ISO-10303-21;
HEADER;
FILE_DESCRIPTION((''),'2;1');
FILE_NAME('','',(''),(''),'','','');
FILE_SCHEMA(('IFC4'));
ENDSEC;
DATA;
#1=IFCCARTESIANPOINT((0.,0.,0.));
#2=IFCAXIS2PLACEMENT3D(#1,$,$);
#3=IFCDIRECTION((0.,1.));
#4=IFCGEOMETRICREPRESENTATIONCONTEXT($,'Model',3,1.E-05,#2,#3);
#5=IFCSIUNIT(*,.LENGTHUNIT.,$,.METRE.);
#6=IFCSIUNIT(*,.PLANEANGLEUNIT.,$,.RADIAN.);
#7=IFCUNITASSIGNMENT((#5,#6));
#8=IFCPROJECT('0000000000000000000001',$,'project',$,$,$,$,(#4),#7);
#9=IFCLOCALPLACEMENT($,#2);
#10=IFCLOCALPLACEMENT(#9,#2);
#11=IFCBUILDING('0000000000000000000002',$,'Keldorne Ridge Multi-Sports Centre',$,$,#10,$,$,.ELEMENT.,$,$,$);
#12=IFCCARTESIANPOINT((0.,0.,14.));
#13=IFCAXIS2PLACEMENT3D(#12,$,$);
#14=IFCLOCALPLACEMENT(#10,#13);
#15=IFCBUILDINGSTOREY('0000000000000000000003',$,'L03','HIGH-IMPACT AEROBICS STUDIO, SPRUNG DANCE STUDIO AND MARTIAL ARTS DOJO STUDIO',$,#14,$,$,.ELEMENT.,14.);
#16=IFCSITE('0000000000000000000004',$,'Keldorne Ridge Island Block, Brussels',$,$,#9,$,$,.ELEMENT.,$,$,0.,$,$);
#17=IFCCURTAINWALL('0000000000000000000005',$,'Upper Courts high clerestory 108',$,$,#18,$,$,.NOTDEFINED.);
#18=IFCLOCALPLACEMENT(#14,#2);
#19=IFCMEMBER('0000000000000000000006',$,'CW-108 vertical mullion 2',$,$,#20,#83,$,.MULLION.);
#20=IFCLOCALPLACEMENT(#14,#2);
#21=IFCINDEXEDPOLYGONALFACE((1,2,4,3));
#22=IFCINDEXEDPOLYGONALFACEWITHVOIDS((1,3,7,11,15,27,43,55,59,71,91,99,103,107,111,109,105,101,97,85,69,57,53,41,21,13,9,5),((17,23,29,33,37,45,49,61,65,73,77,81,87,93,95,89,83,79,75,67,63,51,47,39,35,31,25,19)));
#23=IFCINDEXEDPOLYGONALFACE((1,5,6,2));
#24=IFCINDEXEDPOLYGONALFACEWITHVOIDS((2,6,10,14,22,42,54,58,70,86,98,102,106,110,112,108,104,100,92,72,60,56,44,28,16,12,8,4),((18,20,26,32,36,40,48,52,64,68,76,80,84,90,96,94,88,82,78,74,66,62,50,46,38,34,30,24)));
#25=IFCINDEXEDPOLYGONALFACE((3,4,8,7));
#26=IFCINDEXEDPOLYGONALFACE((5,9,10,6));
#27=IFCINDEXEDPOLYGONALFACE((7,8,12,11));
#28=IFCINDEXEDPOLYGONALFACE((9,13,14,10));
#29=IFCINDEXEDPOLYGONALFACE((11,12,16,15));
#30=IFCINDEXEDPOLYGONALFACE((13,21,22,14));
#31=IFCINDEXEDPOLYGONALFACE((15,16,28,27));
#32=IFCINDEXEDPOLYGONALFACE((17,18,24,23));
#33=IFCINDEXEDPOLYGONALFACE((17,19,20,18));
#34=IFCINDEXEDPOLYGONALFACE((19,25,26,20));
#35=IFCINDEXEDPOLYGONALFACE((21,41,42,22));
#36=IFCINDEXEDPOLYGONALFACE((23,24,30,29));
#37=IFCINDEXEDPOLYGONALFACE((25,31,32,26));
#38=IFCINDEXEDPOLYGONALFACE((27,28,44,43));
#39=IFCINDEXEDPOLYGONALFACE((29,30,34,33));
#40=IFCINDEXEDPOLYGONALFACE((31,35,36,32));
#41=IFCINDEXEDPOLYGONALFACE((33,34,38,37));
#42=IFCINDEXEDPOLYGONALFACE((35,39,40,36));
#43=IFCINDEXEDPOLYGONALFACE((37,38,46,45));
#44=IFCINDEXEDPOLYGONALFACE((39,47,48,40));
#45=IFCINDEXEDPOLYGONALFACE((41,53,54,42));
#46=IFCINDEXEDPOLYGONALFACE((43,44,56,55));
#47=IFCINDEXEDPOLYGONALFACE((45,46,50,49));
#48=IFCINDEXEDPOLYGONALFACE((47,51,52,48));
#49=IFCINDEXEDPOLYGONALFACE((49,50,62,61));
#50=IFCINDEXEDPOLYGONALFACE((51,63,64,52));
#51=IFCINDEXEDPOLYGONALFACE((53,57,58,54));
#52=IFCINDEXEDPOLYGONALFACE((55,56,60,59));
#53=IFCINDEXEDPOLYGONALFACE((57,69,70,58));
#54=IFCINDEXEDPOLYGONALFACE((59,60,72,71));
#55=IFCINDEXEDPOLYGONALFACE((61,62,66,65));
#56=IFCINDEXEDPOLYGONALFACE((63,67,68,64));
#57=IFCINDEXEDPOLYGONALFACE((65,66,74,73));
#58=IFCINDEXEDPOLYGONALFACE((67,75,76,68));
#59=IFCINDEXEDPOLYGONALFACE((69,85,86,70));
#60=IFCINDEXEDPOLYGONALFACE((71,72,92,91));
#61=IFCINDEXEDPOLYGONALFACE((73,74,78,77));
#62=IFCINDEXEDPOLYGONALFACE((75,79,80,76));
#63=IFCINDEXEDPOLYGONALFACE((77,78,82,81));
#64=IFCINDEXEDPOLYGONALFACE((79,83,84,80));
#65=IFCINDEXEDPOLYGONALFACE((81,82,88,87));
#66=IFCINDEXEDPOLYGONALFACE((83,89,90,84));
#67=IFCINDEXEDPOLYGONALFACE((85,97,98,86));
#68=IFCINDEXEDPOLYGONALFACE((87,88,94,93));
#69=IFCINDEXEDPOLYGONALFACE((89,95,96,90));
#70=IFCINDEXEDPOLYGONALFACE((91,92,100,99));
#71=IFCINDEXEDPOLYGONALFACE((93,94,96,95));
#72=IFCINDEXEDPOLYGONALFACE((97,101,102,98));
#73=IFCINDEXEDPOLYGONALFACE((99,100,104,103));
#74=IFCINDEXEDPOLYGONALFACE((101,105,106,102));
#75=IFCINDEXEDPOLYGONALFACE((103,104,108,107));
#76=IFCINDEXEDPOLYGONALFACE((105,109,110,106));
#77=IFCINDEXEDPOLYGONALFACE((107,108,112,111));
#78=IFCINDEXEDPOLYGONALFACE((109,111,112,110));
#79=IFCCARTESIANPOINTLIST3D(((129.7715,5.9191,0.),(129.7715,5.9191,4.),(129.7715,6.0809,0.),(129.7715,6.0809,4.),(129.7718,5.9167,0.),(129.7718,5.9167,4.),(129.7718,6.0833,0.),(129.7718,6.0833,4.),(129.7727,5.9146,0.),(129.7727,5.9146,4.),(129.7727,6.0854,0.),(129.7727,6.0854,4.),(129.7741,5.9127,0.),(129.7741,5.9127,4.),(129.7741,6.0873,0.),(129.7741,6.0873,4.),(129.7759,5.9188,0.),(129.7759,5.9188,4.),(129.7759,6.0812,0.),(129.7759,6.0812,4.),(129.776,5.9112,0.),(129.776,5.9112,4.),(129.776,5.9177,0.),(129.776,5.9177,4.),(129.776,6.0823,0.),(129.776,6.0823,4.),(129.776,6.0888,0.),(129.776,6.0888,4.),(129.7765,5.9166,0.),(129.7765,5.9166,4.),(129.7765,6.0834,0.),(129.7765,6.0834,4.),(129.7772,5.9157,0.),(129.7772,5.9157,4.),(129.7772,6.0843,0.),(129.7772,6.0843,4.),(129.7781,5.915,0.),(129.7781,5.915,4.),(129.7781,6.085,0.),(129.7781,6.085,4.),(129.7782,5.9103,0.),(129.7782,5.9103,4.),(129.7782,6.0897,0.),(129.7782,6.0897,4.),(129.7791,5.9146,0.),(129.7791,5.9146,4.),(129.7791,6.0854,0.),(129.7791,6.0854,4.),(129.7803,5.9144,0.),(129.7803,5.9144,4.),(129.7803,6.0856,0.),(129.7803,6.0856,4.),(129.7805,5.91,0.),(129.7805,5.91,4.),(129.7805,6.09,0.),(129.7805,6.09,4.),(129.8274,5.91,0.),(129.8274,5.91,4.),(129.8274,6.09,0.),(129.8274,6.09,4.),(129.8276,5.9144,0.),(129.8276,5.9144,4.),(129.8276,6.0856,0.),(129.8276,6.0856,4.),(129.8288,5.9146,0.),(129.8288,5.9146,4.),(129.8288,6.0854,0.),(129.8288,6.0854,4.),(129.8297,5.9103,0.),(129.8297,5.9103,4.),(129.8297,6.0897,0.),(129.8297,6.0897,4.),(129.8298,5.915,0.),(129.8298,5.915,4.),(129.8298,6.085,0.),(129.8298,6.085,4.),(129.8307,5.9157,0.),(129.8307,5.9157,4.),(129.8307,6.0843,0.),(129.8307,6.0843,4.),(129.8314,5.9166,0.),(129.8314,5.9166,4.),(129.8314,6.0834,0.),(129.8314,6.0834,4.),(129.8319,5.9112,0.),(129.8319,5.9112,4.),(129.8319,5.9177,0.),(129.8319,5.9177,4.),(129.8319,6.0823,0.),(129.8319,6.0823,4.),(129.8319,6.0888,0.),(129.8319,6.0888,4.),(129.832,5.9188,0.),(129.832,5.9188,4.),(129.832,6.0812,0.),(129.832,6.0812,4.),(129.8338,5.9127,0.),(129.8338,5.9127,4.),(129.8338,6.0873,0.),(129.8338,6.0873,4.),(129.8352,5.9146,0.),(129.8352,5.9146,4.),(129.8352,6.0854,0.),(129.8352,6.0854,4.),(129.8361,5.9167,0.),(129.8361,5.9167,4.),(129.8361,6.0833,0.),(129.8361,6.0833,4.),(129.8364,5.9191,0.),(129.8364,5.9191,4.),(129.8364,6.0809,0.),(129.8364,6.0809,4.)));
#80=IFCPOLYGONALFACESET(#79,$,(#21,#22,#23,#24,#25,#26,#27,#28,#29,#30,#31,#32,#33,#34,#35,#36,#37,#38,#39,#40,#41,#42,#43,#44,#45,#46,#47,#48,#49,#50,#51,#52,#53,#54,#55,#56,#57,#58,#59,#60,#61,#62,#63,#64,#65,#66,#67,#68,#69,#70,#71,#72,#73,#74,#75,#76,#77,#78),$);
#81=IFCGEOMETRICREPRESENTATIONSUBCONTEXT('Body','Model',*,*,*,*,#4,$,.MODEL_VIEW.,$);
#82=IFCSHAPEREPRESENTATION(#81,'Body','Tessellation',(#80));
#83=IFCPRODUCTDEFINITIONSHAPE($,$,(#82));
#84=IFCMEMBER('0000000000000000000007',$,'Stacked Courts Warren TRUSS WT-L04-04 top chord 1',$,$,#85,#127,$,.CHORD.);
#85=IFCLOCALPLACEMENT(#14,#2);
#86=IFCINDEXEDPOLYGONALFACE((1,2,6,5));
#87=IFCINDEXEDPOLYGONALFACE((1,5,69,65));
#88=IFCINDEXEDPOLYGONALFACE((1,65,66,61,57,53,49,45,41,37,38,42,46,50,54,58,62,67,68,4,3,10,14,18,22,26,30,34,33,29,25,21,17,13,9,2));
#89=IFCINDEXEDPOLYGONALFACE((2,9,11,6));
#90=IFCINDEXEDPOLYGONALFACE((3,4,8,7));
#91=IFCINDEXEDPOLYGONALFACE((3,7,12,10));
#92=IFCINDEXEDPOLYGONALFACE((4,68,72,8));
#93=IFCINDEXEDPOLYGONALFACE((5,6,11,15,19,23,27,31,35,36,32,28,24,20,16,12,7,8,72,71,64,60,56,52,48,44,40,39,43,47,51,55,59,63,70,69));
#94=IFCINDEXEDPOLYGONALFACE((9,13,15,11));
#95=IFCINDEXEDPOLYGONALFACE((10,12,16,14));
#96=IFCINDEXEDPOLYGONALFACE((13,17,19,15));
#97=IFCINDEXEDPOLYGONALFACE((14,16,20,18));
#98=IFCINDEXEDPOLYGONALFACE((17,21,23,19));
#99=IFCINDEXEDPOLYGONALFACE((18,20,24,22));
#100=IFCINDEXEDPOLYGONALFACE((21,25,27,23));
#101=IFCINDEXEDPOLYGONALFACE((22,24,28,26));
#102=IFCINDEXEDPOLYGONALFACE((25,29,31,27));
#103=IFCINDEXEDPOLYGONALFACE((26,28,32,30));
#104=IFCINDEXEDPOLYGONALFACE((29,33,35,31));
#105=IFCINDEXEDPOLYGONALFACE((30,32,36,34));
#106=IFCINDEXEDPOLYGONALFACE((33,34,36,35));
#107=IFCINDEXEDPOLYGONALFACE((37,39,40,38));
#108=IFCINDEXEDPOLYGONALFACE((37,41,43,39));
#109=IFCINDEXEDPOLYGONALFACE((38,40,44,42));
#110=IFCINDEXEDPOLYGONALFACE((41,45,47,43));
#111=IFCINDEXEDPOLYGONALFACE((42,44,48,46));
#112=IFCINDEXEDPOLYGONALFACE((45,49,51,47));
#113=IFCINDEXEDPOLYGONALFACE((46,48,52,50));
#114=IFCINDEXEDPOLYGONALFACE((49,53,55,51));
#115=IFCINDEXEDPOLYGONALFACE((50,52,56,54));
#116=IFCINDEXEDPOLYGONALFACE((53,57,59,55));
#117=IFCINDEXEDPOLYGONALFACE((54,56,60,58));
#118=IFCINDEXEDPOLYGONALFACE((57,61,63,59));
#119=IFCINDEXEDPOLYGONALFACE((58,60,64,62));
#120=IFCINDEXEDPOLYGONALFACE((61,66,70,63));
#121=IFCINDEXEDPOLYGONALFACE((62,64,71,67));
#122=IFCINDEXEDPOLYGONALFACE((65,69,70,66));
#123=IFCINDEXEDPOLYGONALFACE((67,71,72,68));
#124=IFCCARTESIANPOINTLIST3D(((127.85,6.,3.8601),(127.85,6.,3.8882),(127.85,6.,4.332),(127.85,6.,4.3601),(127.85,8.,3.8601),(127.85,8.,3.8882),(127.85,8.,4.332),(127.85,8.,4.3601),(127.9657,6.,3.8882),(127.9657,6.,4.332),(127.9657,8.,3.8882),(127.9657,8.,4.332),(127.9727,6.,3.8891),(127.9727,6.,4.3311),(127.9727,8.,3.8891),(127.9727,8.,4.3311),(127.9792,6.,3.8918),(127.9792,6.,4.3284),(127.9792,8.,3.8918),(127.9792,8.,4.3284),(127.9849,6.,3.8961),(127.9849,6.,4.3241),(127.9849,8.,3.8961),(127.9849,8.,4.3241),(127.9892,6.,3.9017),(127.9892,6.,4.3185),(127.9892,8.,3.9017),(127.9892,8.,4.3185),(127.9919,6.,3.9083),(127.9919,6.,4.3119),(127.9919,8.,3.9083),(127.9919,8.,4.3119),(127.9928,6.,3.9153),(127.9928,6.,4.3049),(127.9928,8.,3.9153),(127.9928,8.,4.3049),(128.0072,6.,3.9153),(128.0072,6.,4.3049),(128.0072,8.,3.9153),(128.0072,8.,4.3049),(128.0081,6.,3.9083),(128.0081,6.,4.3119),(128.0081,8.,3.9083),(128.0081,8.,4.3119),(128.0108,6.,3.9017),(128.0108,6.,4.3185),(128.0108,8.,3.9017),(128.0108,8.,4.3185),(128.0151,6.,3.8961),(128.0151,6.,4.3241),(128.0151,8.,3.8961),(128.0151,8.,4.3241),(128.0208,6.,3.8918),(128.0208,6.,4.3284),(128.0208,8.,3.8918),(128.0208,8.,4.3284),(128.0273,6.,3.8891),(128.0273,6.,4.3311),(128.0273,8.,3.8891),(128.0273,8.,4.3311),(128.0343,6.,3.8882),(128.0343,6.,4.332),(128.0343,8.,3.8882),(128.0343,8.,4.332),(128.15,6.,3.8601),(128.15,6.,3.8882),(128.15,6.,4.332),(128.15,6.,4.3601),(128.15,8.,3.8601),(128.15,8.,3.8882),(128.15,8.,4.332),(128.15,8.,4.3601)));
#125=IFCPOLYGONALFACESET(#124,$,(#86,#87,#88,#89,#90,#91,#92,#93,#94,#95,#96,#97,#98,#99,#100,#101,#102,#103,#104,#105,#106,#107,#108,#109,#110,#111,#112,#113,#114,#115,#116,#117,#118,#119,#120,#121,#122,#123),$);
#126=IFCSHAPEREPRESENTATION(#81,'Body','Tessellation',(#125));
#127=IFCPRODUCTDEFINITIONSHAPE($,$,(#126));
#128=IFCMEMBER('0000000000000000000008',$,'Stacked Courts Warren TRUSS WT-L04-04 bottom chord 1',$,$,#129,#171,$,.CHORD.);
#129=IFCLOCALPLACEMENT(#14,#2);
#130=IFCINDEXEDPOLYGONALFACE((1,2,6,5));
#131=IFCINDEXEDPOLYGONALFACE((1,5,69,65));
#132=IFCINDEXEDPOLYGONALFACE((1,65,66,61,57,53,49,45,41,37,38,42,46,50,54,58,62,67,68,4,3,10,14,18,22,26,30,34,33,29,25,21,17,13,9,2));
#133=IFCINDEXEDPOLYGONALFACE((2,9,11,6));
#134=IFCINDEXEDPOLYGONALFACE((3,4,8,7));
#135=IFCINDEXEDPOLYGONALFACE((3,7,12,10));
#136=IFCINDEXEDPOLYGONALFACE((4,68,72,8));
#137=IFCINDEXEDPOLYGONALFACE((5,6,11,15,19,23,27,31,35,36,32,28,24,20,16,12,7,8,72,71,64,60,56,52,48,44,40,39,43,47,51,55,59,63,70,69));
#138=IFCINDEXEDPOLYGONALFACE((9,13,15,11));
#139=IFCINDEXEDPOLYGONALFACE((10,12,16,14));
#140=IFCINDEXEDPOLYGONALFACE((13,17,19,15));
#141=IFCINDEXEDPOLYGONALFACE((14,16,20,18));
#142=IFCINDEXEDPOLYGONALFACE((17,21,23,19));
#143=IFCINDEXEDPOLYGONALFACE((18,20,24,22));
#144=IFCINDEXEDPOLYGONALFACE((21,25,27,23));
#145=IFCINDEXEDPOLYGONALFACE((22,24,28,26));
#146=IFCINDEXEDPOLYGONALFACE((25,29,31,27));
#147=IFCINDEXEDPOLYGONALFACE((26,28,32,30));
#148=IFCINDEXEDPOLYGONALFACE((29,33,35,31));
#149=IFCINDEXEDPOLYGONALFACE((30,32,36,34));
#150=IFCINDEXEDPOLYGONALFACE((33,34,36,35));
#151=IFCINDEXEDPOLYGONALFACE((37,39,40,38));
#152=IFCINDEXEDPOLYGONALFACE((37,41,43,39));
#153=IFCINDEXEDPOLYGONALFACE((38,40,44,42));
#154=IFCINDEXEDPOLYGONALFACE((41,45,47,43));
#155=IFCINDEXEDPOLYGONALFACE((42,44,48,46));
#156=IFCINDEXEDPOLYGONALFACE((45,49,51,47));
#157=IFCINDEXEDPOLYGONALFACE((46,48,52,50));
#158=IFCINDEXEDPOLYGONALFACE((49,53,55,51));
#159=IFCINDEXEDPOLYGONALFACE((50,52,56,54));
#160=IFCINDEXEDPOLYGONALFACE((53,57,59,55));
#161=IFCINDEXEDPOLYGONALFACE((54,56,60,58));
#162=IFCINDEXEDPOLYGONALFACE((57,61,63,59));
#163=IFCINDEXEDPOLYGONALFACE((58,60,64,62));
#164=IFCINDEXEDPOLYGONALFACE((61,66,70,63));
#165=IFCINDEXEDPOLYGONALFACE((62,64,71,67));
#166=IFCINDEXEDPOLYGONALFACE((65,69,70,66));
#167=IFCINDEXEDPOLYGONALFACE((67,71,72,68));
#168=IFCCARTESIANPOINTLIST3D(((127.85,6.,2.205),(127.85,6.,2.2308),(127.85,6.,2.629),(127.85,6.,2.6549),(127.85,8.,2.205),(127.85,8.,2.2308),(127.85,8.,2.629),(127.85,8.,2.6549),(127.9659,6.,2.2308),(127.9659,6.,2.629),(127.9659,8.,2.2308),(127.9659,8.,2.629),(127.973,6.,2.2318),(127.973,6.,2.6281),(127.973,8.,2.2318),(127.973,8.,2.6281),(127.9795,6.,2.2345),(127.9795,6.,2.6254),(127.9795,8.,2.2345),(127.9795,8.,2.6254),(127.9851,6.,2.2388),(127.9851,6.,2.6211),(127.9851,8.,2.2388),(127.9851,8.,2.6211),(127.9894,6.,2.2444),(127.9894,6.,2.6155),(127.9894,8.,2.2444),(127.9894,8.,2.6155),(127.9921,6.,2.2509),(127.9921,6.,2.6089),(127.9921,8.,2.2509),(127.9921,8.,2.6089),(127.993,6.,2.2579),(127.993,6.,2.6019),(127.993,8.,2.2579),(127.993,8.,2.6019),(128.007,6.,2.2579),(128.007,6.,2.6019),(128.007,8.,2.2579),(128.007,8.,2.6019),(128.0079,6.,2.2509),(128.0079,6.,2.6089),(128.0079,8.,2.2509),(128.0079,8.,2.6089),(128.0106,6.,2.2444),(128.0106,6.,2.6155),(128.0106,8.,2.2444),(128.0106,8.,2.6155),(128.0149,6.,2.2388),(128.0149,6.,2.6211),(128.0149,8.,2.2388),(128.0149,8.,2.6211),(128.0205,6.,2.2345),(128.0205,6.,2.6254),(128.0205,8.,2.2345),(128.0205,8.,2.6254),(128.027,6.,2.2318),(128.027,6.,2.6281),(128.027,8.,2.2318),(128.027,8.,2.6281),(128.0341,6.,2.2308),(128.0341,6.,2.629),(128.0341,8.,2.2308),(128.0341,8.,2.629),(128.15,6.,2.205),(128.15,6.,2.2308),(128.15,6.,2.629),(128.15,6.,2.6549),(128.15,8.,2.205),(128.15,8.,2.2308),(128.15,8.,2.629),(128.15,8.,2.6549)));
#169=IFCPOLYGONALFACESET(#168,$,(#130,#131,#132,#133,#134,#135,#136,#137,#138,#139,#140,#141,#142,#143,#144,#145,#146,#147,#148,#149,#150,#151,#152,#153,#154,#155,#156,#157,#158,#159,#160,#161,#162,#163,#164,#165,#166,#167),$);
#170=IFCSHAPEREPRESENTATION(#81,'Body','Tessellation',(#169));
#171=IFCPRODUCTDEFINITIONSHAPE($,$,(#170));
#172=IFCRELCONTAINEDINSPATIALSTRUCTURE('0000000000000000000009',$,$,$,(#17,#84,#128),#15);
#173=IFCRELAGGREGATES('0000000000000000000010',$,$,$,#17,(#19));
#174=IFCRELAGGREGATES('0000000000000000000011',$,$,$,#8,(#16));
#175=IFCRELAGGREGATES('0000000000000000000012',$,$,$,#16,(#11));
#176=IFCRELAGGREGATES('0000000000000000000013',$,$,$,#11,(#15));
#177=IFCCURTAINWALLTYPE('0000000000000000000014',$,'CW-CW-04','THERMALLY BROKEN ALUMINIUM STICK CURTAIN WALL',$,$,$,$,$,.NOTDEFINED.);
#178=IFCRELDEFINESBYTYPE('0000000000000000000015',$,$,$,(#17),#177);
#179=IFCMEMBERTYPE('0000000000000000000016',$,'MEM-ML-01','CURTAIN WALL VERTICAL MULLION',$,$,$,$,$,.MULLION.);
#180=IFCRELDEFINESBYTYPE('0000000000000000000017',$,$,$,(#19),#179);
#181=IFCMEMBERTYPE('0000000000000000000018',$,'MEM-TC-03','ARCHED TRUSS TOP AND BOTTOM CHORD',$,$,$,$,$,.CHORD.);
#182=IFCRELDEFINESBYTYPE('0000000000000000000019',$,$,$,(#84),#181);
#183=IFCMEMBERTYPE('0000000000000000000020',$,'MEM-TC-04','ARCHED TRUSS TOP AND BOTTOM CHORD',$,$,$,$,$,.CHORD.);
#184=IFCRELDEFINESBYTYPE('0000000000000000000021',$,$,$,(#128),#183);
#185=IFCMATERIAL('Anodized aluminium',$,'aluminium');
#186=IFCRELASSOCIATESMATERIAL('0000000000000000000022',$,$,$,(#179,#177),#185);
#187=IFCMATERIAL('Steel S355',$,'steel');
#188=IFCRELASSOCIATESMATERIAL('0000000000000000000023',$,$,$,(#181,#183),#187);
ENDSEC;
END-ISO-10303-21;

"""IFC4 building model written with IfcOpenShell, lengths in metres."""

from ifc_helpers import new_model, si_unit, direction, frame, origin, origin_2d, place, context, subcontext, project, spatial, hollow_rectangle, i_section, extrude, material, material_profile, profile_set, type_object, element, aggregate, save


model = new_model("IFC4")

# Units and contexts
model_context = context("Model", 3, precision=1e-05, world=origin(), true_north=direction((0.0, 1.0)))
body_context = subcontext(model_context, "Body", "Model", "MODEL_VIEW")
ifc_project = project(units=[si_unit("LENGTHUNIT", "METRE"), si_unit("PLANEANGLEUNIT", "RADIAN")], contexts=[model_context])

# Site, building, storey
site_placement = place(None, origin())
site = spatial("IfcSite", under=ifc_project, at=site_placement, Name="Keldorne Ridge Island Block, Brussels", CompositionType="ELEMENT", RefElevation=0.0)
building_placement = place(site_placement, origin())
building = spatial("IfcBuilding", under=site, at=building_placement, Name="Keldorne Ridge Multi-Sports Centre", CompositionType="ELEMENT")
storey_placement = place(building_placement, frame((0.0, 0.0, 14.0)))
storey = spatial("IfcBuildingStorey", under=building, at=storey_placement, Name="L03", Description="HIGH-IMPACT AEROBICS STUDIO, SPRUNG DANCE STUDIO AND MARTIAL ARTS DOJO STUDIO", CompositionType="ELEMENT", Elevation=14.0)

# Shared definitions
ifc_material_1 = material(Name="Steel S355", Category="steel")

# Curtain wall, member
ifc_material_2 = material(Name="Anodized aluminium", Category="aluminium")
ifc_material_profile_1 = material_profile(ifc_material_2, hollow_rectangle(XDim=0.0649, YDim=0.1799, WallThickness=0.0044, InnerFilletRadius=0.0044, OuterFilletRadius=0.009, at=origin_2d()), Name="ALU MULLION 180x65x4.5")
ifc_profile_set_1 = profile_set([ifc_material_profile_1], Name="Anodized aluminium")
member_type_1 = type_object("IfcMemberType", Name="MEM-ML-01", Description="CURTAIN WALL VERTICAL MULLION", PredefinedType="MULLION", material=ifc_profile_set_1)
curtain_wall_type_1 = type_object("IfcCurtainWallType", Name="CW-CW-04", Description="THERMALLY BROKEN ALUMINIUM STICK CURTAIN WALL", PredefinedType="NOTDEFINED", material=ifc_material_2)
curtain_wall_1_placement = place(storey_placement, origin())
curtain_wall_1 = element("IfcCurtainWall", 1, at=curtain_wall_1_placement, inside=storey, type_object=curtain_wall_type_1, Name="Upper Courts high clerestory 108", PredefinedType="NOTDEFINED")
member_1_placement = place(storey_placement, frame((129.804, 6.0, 0.0), z_axis=(0.0, 0.0, 1.0), x_axis=(1.0, 0.0, 0.0)))
member_1 = element("IfcMember", 2, at=member_1_placement, type_object=member_type_1, Name="CW-108 vertical mullion 2", PredefinedType="MULLION", context=body_context, shape_type="SweptSolid", body=[
    extrude(hollow_rectangle(XDim=0.0649, YDim=0.1799, WallThickness=0.0044, InnerFilletRadius=0.0044, OuterFilletRadius=0.009, at=origin_2d()), origin(), (0.0, 0.0, 1.0), 4.0),
])

# Members
ifc_material_profile_2 = material_profile(ifc_material_1, i_section(OverallWidth=0.3, OverallDepth=0.5, WebThickness=0.0144, FlangeThickness=0.0281, FilletRadius=0.0271, at=origin_2d()), Name="HEB 500")
ifc_profile_set_2 = profile_set([ifc_material_profile_2], Name="Steel S355")
member_type_2 = type_object("IfcMemberType", Name="MEM-TC-03", Description="ARCHED TRUSS TOP AND BOTTOM CHORD", PredefinedType="CHORD", material=ifc_profile_set_2)
member_2_placement = place(storey_placement, frame((128.0, 6.0, 4.1101), z_axis=(0.0, 1.0, 0.0), x_axis=(-1.0, 0.0, 0.0)))
element("IfcMember", 3, at=member_2_placement, inside=storey, type_object=member_type_2, Name="Stacked Courts Warren TRUSS WT-L04-04 top chord 1", PredefinedType="CHORD", context=body_context, shape_type="SweptSolid", body=[
    extrude(i_section(OverallWidth=0.3, OverallDepth=0.5, WebThickness=0.0144, FlangeThickness=0.0281, FilletRadius=0.0271, at=origin_2d()), origin(), (0.0, 0.0, 1.0), 2.0),
])
ifc_material_profile_3 = material_profile(ifc_material_1, i_section(OverallWidth=0.3, OverallDepth=0.45, WebThickness=0.0139, FlangeThickness=0.0259, FilletRadius=0.0271, at=origin_2d()), Name="HEB 450")
ifc_profile_set_3 = profile_set([ifc_material_profile_3], Name="Steel S355")
member_type_3 = type_object("IfcMemberType", Name="MEM-TC-04", Description="ARCHED TRUSS TOP AND BOTTOM CHORD", PredefinedType="CHORD", material=ifc_profile_set_3)
member_3_placement = place(storey_placement, frame((128.0, 6.0, 2.4299), z_axis=(0.0, 1.0, 0.0), x_axis=(-1.0, 0.0, 0.0)))
element("IfcMember", 4, at=member_3_placement, inside=storey, type_object=member_type_3, Name="Stacked Courts Warren TRUSS WT-L04-04 bottom chord 1", PredefinedType="CHORD", context=body_context, shape_type="SweptSolid", body=[
    extrude(i_section(OverallWidth=0.3, OverallDepth=0.45, WebThickness=0.0139, FlangeThickness=0.0259, FilletRadius=0.0271, at=origin_2d()), origin(), (0.0, 0.0, 1.0), 2.0),
])

aggregate(curtain_wall_1, [member_1])

save(model, "model.ifc")
